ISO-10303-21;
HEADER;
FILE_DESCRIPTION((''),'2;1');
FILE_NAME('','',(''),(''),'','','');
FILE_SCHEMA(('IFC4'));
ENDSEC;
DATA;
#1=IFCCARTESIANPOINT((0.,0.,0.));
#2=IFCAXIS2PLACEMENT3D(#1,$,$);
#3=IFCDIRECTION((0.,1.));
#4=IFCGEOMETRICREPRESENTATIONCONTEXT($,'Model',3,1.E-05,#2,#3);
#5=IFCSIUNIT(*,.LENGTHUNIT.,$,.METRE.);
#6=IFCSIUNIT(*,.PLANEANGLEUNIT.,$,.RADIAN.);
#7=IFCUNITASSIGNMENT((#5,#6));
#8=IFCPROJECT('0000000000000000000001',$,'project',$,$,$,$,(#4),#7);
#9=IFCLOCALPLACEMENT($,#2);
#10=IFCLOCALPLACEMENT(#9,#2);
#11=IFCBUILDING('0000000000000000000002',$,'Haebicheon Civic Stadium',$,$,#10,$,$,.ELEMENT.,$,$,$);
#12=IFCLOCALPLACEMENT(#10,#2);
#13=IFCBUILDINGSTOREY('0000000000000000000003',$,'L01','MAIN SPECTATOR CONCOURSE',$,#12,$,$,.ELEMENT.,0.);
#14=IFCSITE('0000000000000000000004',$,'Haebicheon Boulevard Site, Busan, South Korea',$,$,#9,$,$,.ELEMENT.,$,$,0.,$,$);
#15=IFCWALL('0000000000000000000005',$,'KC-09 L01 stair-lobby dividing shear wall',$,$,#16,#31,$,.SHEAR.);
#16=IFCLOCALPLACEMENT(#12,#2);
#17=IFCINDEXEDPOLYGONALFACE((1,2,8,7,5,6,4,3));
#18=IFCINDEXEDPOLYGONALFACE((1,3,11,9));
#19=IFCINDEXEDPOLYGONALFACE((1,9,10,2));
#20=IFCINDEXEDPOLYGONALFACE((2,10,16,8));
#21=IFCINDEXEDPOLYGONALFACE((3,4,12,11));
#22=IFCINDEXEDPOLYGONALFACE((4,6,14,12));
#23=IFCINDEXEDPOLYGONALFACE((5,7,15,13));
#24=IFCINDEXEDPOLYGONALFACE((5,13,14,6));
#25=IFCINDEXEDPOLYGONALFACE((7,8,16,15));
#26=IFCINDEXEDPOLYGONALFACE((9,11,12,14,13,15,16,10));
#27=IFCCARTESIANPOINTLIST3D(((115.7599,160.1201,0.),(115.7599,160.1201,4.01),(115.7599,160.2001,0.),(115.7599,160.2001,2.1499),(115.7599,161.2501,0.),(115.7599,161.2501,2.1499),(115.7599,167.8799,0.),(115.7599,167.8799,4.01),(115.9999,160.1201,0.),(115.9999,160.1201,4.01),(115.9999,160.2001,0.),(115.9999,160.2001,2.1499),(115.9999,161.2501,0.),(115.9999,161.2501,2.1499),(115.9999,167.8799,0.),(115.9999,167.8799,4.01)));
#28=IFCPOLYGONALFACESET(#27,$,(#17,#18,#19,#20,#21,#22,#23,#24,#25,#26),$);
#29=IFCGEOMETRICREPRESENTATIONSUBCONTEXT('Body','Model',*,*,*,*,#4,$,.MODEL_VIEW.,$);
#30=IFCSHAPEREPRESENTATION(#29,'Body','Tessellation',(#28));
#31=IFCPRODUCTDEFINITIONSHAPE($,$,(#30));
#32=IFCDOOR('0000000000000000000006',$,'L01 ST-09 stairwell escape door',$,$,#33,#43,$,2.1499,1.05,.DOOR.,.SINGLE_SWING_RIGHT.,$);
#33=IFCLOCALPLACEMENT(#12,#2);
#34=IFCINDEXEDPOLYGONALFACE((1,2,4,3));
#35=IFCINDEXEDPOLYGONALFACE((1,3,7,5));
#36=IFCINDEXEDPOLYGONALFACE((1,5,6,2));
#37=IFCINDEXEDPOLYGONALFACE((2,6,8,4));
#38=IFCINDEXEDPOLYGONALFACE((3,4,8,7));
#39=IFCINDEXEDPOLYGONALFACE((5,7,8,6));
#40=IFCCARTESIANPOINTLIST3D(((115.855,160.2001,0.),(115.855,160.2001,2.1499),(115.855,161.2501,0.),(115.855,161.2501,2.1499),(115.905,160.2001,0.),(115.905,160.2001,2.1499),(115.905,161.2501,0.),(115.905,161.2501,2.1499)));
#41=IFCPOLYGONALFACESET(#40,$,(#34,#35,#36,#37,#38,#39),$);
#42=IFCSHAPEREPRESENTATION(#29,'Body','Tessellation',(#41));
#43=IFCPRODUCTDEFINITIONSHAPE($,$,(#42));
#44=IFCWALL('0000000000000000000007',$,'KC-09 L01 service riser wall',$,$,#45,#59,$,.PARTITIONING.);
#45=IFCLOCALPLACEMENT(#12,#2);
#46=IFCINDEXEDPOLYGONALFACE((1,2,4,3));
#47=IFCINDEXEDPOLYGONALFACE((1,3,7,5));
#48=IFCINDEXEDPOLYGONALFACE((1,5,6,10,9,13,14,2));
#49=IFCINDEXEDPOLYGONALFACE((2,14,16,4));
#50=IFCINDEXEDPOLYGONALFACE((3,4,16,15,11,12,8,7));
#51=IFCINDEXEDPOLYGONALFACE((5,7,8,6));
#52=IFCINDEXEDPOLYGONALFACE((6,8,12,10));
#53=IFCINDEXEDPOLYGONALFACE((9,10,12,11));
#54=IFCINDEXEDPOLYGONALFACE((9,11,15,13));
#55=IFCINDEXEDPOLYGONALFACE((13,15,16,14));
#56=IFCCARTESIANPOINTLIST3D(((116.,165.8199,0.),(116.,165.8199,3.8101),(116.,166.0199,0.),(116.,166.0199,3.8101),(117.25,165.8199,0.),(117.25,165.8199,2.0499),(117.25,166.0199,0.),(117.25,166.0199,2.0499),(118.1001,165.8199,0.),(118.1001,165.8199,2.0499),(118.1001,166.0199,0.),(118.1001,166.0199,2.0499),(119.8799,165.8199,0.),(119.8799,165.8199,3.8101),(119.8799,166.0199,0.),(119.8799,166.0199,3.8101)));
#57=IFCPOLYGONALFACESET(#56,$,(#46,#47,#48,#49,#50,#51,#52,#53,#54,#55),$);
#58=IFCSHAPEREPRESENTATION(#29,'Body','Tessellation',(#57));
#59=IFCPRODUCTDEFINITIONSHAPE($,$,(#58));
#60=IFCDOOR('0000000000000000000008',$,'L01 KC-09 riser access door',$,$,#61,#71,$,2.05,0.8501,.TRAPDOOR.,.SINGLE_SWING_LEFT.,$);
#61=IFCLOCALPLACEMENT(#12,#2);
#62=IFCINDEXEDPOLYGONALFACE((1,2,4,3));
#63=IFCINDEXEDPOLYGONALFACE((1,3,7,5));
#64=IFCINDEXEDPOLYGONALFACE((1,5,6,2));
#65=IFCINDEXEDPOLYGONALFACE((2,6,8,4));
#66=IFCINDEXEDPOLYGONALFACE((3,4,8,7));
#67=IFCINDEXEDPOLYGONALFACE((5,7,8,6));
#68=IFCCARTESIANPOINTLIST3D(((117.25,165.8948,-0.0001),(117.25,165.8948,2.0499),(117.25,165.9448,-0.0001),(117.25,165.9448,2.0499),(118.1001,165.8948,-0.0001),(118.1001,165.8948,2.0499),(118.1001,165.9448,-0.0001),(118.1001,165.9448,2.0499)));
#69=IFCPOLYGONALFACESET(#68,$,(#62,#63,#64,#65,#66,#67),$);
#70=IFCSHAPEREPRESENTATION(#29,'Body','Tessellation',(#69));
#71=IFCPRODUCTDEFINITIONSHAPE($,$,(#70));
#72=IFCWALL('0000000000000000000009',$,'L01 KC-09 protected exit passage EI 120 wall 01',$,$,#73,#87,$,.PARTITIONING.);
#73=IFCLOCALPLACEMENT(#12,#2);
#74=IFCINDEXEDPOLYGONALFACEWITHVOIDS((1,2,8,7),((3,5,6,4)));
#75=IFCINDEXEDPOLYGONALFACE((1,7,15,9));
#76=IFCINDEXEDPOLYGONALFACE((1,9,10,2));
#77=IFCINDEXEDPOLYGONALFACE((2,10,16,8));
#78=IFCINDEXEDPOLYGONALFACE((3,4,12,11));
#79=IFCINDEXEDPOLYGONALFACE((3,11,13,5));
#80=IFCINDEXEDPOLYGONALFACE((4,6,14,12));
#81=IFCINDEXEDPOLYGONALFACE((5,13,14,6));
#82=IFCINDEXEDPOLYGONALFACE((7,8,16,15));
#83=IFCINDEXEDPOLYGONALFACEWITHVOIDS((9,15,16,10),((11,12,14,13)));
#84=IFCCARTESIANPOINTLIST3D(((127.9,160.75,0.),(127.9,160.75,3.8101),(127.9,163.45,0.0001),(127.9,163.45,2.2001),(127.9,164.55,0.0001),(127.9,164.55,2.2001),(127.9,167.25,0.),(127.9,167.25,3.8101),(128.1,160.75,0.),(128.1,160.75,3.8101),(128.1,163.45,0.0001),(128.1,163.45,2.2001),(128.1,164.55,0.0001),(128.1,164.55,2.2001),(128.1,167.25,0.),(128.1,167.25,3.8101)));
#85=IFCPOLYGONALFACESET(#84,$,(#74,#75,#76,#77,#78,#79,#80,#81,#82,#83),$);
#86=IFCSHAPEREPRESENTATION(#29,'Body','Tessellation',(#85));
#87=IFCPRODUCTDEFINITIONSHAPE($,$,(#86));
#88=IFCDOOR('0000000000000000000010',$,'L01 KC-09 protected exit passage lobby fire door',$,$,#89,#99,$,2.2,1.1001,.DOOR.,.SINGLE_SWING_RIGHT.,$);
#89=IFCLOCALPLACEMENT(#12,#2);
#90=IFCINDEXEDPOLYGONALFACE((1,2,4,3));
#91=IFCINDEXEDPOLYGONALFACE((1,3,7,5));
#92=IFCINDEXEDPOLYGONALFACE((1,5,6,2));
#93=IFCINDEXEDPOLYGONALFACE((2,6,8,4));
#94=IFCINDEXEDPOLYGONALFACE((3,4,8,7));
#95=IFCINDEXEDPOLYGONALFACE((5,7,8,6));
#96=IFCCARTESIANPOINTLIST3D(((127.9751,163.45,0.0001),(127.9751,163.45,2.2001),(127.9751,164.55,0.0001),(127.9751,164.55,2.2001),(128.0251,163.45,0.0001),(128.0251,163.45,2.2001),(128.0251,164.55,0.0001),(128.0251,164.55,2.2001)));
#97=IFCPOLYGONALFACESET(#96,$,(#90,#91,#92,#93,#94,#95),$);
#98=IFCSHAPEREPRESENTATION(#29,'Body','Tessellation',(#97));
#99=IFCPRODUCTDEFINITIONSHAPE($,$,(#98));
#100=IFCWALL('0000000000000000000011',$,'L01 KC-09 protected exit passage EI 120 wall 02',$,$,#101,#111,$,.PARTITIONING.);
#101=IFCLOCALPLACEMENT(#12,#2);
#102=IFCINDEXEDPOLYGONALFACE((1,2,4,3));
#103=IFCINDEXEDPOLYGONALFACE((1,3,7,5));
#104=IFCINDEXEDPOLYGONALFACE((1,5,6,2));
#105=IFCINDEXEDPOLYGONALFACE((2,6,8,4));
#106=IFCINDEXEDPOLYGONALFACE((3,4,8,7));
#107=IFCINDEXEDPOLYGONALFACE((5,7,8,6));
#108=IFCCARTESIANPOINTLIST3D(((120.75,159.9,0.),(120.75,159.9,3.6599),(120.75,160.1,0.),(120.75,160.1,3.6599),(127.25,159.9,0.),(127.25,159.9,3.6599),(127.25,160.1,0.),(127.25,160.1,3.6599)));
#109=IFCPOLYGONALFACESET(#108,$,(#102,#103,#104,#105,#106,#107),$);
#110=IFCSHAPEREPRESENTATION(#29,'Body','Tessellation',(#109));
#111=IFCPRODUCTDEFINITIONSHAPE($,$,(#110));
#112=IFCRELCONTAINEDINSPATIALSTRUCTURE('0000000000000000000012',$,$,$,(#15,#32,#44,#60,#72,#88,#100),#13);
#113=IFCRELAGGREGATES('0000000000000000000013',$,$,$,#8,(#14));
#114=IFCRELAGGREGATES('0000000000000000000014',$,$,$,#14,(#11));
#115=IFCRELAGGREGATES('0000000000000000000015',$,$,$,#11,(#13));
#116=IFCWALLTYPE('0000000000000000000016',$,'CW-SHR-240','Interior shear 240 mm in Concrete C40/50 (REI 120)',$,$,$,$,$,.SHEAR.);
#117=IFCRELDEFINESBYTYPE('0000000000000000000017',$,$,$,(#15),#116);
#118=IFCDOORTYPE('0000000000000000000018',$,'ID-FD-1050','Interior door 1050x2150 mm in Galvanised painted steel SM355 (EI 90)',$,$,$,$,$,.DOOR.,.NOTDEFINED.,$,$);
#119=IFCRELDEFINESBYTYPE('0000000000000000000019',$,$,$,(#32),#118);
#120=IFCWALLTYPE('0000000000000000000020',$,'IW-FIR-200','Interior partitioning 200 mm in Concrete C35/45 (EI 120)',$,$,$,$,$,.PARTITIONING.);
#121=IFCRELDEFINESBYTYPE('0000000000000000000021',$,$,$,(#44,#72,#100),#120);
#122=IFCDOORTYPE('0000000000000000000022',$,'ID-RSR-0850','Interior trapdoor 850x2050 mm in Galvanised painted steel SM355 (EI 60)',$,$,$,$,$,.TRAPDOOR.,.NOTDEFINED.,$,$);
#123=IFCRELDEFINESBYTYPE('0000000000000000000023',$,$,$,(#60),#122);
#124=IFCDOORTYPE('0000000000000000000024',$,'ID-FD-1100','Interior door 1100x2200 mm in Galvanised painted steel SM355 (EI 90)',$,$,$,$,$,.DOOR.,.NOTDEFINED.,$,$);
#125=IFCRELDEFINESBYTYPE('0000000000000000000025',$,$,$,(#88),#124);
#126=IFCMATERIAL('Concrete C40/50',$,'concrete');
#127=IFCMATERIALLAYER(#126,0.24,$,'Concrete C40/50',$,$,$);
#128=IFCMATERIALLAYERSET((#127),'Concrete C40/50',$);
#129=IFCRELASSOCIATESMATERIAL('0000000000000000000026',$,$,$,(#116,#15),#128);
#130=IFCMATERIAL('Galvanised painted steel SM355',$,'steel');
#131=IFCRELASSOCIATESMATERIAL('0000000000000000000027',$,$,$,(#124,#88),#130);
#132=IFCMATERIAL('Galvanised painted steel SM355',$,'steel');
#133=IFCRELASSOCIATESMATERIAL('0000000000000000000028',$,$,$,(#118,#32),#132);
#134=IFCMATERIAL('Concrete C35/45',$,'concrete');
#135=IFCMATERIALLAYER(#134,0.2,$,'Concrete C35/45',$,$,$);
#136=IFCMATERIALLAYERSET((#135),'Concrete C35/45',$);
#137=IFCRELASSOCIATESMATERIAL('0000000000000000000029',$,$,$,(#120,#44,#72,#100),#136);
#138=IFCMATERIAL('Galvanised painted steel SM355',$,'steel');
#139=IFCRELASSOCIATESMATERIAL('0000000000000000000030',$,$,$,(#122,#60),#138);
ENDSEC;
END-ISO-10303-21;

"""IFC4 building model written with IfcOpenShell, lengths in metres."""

from ifc_helpers import new_model, si_unit, direction, frame, frame_2d, origin, place, context, subcontext, project, spatial, rectangle, extrude, material, layer, layer_set, type_object, element, fill, save


model = new_model("IFC4")

# Units and contexts
model_context = context("Model", 3, precision=1e-05, world=origin(), true_north=direction((0.0, 1.0)))
body_context = subcontext(model_context, "Body", "Model", "MODEL_VIEW")
ifc_project = project(units=[si_unit("LENGTHUNIT", "METRE"), si_unit("PLANEANGLEUNIT", "RADIAN")], contexts=[model_context])

# Site, building, storey
site_placement = place(None, origin())
site = spatial("IfcSite", under=ifc_project, at=site_placement, Name="Haebicheon Boulevard Site, Busan, South Korea", CompositionType="ELEMENT", RefElevation=0.0)
building_placement = place(site_placement, origin())
building = spatial("IfcBuilding", under=site, at=building_placement, Name="Haebicheon Civic Stadium", CompositionType="ELEMENT")
storey_placement = place(building_placement, origin())
storey = spatial("IfcBuildingStorey", under=building, at=storey_placement, Name="L01", Description="MAIN SPECTATOR CONCOURSE", CompositionType="ELEMENT", Elevation=0.0)

# Walls, openings, doors
ifc_material_1 = material(Name="Concrete C40/50", Category="concrete")
ifc_layer_1 = layer(ifc_material_1, 0.24, Name="Concrete C40/50")
ifc_layer_set_1 = layer_set([ifc_layer_1], Name="Concrete C40/50")
wall_type_1 = type_object("IfcWallType", Name="CW-SHR-240", Description="Interior shear 240 mm in Concrete C40/50 (REI 120)", PredefinedType="SHEAR", material=ifc_layer_set_1)
ifc_material_2 = material(Name="Galvanised painted steel SM355", Category="steel")
door_type_1 = type_object("IfcDoorType", Name="ID-FD-1100", Description="Interior door 1100x2200 mm in Galvanised painted steel SM355 (EI 90)", OperationType="NOTDEFINED", PredefinedType="DOOR", material=ifc_material_2)
wall_1_placement = place(storey_placement, frame((115.8799, 160.1201, 0.0), z_axis=(0.0, 0.0, 1.0), x_axis=(0.0, 1.0, 0.0)))
wall_1 = element("IfcWall", 1, at=wall_1_placement, inside=storey, type_object=wall_type_1, material=ifc_layer_set_1, Name="KC-09 L01 stair-lobby dividing shear wall", PredefinedType="SHEAR", context=body_context, shape_type="SweptSolid", body=[
    extrude(rectangle(XDim=7.7598, YDim=0.24, at=frame_2d((3.8799, 0.0))), origin(), (0.0, 0.0, 1.0), 4.01),
])
opening_1_placement = place(wall_1_placement, frame((0.0801, 0.0, 0.0)))
opening_1 = element("IfcOpeningElement", 2, at=opening_1_placement, cuts=wall_1, PredefinedType="OPENING", context=body_context, shape_type="SweptSolid", body=[
    extrude(rectangle(XDim=1.05, YDim=2.1499, at=frame_2d((0.5249, 1.075))), frame((0.0, 0.1299, 0.0), z_axis=(0.0, -1.0, 0.0), x_axis=(1.0, 0.0, 0.0)), (0.0, 0.0, 1.0), 0.26),
])
ifc_material_3 = material(Name="Galvanised painted steel SM355", Category="steel")
door_type_2 = type_object("IfcDoorType", Name="ID-FD-1050", Description="Interior door 1050x2150 mm in Galvanised painted steel SM355 (EI 90)", OperationType="NOTDEFINED", PredefinedType="DOOR", material=ifc_material_3)
door_1_placement = place(opening_1_placement, origin())
door_1 = element("IfcDoor", 3, at=door_1_placement, inside=storey, type_object=door_type_2, material=ifc_material_3, Name="L01 ST-09 stairwell escape door", OperationType="SINGLE_SWING_RIGHT", OverallHeight=2.1499, OverallWidth=1.05, PredefinedType="DOOR", context=body_context, shape_type="SweptSolid", body=[
    extrude(rectangle(XDim=1.05, YDim=2.1499, at=frame_2d((0.5249, 1.075))), frame((0.0, 0.0249, 0.0), z_axis=(0.0, -1.0, 0.0), x_axis=(1.0, 0.0, 0.0)), (0.0, 0.0, 1.0), 0.05),
])
fill(opening_1, door_1)
ifc_material_4 = material(Name="Concrete C35/45", Category="concrete")
ifc_layer_2 = layer(ifc_material_4, 0.2, Name="Concrete C35/45")
ifc_layer_set_2 = layer_set([ifc_layer_2], Name="Concrete C35/45")
wall_type_2 = type_object("IfcWallType", Name="IW-FIR-200", Description="Interior partitioning 200 mm in Concrete C35/45 (EI 120)", PredefinedType="PARTITIONING", material=ifc_layer_set_2)
wall_2_placement = place(storey_placement, frame((116.0, 165.9199, 0.0), z_axis=(0.0, 0.0, 1.0), x_axis=(1.0, 0.0, 0.0)))
wall_2 = element("IfcWall", 4, at=wall_2_placement, inside=storey, type_object=wall_type_2, material=ifc_layer_set_2, Name="KC-09 L01 service riser wall", PredefinedType="PARTITIONING", context=body_context, shape_type="SweptSolid", body=[
    extrude(rectangle(XDim=3.8799, YDim=0.2, at=frame_2d((1.9399, 0.0))), origin(), (0.0, 0.0, 1.0), 3.8101),
])
opening_2_placement = place(wall_2_placement, frame((1.25, 0.0, 0.0)))
opening_2 = element("IfcOpeningElement", 5, at=opening_2_placement, cuts=wall_2, PredefinedType="OPENING", context=body_context, shape_type="SweptSolid", body=[
    extrude(rectangle(XDim=0.8501, YDim=2.05, at=frame_2d((0.425, 1.0249))), frame((0.0, 0.1099, 0.0), z_axis=(0.0, -1.0, 0.0), x_axis=(1.0, 0.0, 0.0)), (0.0, 0.0, 1.0), 0.22),
])
ifc_material_5 = material(Name="Galvanised painted steel SM355", Category="steel")
door_type_3 = type_object("IfcDoorType", Name="ID-RSR-0850", Description="Interior trapdoor 850x2050 mm in Galvanised painted steel SM355 (EI 60)", OperationType="NOTDEFINED", PredefinedType="TRAPDOOR", material=ifc_material_5)
door_2_placement = place(opening_2_placement, origin())
door_2 = element("IfcDoor", 6, at=door_2_placement, inside=storey, type_object=door_type_3, material=ifc_material_5, Name="L01 KC-09 riser access door", OperationType="SINGLE_SWING_LEFT", OverallHeight=2.05, OverallWidth=0.8501, PredefinedType="TRAPDOOR", context=body_context, shape_type="SweptSolid", body=[
    extrude(rectangle(XDim=0.8501, YDim=2.05, at=frame_2d((0.425, 1.0249))), frame((0.0, 0.0249, 0.0), z_axis=(0.0, -1.0, 0.0), x_axis=(1.0, 0.0, 0.0)), (0.0, 0.0, 1.0), 0.05),
])
fill(opening_2, door_2)
wall_3_placement = place(storey_placement, frame((128.0, 160.75, 0.0), z_axis=(0.0, 0.0, 1.0), x_axis=(0.0, 1.0, 0.0)))
wall_3 = element("IfcWall", 7, at=wall_3_placement, inside=storey, type_object=wall_type_2, material=ifc_layer_set_2, Name="L01 KC-09 protected exit passage EI 120 wall 01", PredefinedType="PARTITIONING", context=body_context, shape_type="SweptSolid", body=[
    extrude(rectangle(XDim=6.5, YDim=0.2, at=frame_2d((3.25, 0.0))), origin(), (0.0, 0.0, 1.0), 3.8101),
])
opening_3_placement = place(wall_3_placement, frame((2.7, 0.0, 0.0)))
opening_3 = element("IfcOpeningElement", 8, at=opening_3_placement, cuts=wall_3, PredefinedType="OPENING", context=body_context, shape_type="SweptSolid", body=[
    extrude(rectangle(XDim=1.1001, YDim=2.2, at=frame_2d((0.55, 1.1001))), frame((0.0, 0.1099, 0.0), z_axis=(0.0, -1.0, 0.0), x_axis=(1.0, 0.0, 0.0)), (0.0, 0.0, 1.0), 0.22),
])
door_3_placement = place(opening_3_placement, origin())
door_3 = element("IfcDoor", 9, at=door_3_placement, inside=storey, type_object=door_type_1, material=ifc_material_2, Name="L01 KC-09 protected exit passage lobby fire door", OperationType="SINGLE_SWING_RIGHT", OverallHeight=2.2, OverallWidth=1.1001, PredefinedType="DOOR", context=body_context, shape_type="SweptSolid", body=[
    extrude(rectangle(XDim=1.1001, YDim=2.2, at=frame_2d((0.55, 1.1001))), frame((0.0, 0.0249, 0.0), z_axis=(0.0, -1.0, 0.0), x_axis=(1.0, 0.0, 0.0)), (0.0, 0.0, 1.0), 0.05),
])
fill(opening_3, door_3)

# Wall
wall_4_placement = place(storey_placement, frame((120.75, 160.0, 0.0), z_axis=(0.0, 0.0, 1.0), x_axis=(1.0, 0.0, 0.0)))
element("IfcWall", 10, at=wall_4_placement, inside=storey, type_object=wall_type_2, material=ifc_layer_set_2, Name="L01 KC-09 protected exit passage EI 120 wall 02", PredefinedType="PARTITIONING", context=body_context, shape_type="SweptSolid", body=[
    extrude(rectangle(XDim=6.5, YDim=0.2, at=frame_2d((3.25, 0.0))), origin(), (0.0, 0.0, 1.0), 3.6599),
])

save(model, "model.ifc")
